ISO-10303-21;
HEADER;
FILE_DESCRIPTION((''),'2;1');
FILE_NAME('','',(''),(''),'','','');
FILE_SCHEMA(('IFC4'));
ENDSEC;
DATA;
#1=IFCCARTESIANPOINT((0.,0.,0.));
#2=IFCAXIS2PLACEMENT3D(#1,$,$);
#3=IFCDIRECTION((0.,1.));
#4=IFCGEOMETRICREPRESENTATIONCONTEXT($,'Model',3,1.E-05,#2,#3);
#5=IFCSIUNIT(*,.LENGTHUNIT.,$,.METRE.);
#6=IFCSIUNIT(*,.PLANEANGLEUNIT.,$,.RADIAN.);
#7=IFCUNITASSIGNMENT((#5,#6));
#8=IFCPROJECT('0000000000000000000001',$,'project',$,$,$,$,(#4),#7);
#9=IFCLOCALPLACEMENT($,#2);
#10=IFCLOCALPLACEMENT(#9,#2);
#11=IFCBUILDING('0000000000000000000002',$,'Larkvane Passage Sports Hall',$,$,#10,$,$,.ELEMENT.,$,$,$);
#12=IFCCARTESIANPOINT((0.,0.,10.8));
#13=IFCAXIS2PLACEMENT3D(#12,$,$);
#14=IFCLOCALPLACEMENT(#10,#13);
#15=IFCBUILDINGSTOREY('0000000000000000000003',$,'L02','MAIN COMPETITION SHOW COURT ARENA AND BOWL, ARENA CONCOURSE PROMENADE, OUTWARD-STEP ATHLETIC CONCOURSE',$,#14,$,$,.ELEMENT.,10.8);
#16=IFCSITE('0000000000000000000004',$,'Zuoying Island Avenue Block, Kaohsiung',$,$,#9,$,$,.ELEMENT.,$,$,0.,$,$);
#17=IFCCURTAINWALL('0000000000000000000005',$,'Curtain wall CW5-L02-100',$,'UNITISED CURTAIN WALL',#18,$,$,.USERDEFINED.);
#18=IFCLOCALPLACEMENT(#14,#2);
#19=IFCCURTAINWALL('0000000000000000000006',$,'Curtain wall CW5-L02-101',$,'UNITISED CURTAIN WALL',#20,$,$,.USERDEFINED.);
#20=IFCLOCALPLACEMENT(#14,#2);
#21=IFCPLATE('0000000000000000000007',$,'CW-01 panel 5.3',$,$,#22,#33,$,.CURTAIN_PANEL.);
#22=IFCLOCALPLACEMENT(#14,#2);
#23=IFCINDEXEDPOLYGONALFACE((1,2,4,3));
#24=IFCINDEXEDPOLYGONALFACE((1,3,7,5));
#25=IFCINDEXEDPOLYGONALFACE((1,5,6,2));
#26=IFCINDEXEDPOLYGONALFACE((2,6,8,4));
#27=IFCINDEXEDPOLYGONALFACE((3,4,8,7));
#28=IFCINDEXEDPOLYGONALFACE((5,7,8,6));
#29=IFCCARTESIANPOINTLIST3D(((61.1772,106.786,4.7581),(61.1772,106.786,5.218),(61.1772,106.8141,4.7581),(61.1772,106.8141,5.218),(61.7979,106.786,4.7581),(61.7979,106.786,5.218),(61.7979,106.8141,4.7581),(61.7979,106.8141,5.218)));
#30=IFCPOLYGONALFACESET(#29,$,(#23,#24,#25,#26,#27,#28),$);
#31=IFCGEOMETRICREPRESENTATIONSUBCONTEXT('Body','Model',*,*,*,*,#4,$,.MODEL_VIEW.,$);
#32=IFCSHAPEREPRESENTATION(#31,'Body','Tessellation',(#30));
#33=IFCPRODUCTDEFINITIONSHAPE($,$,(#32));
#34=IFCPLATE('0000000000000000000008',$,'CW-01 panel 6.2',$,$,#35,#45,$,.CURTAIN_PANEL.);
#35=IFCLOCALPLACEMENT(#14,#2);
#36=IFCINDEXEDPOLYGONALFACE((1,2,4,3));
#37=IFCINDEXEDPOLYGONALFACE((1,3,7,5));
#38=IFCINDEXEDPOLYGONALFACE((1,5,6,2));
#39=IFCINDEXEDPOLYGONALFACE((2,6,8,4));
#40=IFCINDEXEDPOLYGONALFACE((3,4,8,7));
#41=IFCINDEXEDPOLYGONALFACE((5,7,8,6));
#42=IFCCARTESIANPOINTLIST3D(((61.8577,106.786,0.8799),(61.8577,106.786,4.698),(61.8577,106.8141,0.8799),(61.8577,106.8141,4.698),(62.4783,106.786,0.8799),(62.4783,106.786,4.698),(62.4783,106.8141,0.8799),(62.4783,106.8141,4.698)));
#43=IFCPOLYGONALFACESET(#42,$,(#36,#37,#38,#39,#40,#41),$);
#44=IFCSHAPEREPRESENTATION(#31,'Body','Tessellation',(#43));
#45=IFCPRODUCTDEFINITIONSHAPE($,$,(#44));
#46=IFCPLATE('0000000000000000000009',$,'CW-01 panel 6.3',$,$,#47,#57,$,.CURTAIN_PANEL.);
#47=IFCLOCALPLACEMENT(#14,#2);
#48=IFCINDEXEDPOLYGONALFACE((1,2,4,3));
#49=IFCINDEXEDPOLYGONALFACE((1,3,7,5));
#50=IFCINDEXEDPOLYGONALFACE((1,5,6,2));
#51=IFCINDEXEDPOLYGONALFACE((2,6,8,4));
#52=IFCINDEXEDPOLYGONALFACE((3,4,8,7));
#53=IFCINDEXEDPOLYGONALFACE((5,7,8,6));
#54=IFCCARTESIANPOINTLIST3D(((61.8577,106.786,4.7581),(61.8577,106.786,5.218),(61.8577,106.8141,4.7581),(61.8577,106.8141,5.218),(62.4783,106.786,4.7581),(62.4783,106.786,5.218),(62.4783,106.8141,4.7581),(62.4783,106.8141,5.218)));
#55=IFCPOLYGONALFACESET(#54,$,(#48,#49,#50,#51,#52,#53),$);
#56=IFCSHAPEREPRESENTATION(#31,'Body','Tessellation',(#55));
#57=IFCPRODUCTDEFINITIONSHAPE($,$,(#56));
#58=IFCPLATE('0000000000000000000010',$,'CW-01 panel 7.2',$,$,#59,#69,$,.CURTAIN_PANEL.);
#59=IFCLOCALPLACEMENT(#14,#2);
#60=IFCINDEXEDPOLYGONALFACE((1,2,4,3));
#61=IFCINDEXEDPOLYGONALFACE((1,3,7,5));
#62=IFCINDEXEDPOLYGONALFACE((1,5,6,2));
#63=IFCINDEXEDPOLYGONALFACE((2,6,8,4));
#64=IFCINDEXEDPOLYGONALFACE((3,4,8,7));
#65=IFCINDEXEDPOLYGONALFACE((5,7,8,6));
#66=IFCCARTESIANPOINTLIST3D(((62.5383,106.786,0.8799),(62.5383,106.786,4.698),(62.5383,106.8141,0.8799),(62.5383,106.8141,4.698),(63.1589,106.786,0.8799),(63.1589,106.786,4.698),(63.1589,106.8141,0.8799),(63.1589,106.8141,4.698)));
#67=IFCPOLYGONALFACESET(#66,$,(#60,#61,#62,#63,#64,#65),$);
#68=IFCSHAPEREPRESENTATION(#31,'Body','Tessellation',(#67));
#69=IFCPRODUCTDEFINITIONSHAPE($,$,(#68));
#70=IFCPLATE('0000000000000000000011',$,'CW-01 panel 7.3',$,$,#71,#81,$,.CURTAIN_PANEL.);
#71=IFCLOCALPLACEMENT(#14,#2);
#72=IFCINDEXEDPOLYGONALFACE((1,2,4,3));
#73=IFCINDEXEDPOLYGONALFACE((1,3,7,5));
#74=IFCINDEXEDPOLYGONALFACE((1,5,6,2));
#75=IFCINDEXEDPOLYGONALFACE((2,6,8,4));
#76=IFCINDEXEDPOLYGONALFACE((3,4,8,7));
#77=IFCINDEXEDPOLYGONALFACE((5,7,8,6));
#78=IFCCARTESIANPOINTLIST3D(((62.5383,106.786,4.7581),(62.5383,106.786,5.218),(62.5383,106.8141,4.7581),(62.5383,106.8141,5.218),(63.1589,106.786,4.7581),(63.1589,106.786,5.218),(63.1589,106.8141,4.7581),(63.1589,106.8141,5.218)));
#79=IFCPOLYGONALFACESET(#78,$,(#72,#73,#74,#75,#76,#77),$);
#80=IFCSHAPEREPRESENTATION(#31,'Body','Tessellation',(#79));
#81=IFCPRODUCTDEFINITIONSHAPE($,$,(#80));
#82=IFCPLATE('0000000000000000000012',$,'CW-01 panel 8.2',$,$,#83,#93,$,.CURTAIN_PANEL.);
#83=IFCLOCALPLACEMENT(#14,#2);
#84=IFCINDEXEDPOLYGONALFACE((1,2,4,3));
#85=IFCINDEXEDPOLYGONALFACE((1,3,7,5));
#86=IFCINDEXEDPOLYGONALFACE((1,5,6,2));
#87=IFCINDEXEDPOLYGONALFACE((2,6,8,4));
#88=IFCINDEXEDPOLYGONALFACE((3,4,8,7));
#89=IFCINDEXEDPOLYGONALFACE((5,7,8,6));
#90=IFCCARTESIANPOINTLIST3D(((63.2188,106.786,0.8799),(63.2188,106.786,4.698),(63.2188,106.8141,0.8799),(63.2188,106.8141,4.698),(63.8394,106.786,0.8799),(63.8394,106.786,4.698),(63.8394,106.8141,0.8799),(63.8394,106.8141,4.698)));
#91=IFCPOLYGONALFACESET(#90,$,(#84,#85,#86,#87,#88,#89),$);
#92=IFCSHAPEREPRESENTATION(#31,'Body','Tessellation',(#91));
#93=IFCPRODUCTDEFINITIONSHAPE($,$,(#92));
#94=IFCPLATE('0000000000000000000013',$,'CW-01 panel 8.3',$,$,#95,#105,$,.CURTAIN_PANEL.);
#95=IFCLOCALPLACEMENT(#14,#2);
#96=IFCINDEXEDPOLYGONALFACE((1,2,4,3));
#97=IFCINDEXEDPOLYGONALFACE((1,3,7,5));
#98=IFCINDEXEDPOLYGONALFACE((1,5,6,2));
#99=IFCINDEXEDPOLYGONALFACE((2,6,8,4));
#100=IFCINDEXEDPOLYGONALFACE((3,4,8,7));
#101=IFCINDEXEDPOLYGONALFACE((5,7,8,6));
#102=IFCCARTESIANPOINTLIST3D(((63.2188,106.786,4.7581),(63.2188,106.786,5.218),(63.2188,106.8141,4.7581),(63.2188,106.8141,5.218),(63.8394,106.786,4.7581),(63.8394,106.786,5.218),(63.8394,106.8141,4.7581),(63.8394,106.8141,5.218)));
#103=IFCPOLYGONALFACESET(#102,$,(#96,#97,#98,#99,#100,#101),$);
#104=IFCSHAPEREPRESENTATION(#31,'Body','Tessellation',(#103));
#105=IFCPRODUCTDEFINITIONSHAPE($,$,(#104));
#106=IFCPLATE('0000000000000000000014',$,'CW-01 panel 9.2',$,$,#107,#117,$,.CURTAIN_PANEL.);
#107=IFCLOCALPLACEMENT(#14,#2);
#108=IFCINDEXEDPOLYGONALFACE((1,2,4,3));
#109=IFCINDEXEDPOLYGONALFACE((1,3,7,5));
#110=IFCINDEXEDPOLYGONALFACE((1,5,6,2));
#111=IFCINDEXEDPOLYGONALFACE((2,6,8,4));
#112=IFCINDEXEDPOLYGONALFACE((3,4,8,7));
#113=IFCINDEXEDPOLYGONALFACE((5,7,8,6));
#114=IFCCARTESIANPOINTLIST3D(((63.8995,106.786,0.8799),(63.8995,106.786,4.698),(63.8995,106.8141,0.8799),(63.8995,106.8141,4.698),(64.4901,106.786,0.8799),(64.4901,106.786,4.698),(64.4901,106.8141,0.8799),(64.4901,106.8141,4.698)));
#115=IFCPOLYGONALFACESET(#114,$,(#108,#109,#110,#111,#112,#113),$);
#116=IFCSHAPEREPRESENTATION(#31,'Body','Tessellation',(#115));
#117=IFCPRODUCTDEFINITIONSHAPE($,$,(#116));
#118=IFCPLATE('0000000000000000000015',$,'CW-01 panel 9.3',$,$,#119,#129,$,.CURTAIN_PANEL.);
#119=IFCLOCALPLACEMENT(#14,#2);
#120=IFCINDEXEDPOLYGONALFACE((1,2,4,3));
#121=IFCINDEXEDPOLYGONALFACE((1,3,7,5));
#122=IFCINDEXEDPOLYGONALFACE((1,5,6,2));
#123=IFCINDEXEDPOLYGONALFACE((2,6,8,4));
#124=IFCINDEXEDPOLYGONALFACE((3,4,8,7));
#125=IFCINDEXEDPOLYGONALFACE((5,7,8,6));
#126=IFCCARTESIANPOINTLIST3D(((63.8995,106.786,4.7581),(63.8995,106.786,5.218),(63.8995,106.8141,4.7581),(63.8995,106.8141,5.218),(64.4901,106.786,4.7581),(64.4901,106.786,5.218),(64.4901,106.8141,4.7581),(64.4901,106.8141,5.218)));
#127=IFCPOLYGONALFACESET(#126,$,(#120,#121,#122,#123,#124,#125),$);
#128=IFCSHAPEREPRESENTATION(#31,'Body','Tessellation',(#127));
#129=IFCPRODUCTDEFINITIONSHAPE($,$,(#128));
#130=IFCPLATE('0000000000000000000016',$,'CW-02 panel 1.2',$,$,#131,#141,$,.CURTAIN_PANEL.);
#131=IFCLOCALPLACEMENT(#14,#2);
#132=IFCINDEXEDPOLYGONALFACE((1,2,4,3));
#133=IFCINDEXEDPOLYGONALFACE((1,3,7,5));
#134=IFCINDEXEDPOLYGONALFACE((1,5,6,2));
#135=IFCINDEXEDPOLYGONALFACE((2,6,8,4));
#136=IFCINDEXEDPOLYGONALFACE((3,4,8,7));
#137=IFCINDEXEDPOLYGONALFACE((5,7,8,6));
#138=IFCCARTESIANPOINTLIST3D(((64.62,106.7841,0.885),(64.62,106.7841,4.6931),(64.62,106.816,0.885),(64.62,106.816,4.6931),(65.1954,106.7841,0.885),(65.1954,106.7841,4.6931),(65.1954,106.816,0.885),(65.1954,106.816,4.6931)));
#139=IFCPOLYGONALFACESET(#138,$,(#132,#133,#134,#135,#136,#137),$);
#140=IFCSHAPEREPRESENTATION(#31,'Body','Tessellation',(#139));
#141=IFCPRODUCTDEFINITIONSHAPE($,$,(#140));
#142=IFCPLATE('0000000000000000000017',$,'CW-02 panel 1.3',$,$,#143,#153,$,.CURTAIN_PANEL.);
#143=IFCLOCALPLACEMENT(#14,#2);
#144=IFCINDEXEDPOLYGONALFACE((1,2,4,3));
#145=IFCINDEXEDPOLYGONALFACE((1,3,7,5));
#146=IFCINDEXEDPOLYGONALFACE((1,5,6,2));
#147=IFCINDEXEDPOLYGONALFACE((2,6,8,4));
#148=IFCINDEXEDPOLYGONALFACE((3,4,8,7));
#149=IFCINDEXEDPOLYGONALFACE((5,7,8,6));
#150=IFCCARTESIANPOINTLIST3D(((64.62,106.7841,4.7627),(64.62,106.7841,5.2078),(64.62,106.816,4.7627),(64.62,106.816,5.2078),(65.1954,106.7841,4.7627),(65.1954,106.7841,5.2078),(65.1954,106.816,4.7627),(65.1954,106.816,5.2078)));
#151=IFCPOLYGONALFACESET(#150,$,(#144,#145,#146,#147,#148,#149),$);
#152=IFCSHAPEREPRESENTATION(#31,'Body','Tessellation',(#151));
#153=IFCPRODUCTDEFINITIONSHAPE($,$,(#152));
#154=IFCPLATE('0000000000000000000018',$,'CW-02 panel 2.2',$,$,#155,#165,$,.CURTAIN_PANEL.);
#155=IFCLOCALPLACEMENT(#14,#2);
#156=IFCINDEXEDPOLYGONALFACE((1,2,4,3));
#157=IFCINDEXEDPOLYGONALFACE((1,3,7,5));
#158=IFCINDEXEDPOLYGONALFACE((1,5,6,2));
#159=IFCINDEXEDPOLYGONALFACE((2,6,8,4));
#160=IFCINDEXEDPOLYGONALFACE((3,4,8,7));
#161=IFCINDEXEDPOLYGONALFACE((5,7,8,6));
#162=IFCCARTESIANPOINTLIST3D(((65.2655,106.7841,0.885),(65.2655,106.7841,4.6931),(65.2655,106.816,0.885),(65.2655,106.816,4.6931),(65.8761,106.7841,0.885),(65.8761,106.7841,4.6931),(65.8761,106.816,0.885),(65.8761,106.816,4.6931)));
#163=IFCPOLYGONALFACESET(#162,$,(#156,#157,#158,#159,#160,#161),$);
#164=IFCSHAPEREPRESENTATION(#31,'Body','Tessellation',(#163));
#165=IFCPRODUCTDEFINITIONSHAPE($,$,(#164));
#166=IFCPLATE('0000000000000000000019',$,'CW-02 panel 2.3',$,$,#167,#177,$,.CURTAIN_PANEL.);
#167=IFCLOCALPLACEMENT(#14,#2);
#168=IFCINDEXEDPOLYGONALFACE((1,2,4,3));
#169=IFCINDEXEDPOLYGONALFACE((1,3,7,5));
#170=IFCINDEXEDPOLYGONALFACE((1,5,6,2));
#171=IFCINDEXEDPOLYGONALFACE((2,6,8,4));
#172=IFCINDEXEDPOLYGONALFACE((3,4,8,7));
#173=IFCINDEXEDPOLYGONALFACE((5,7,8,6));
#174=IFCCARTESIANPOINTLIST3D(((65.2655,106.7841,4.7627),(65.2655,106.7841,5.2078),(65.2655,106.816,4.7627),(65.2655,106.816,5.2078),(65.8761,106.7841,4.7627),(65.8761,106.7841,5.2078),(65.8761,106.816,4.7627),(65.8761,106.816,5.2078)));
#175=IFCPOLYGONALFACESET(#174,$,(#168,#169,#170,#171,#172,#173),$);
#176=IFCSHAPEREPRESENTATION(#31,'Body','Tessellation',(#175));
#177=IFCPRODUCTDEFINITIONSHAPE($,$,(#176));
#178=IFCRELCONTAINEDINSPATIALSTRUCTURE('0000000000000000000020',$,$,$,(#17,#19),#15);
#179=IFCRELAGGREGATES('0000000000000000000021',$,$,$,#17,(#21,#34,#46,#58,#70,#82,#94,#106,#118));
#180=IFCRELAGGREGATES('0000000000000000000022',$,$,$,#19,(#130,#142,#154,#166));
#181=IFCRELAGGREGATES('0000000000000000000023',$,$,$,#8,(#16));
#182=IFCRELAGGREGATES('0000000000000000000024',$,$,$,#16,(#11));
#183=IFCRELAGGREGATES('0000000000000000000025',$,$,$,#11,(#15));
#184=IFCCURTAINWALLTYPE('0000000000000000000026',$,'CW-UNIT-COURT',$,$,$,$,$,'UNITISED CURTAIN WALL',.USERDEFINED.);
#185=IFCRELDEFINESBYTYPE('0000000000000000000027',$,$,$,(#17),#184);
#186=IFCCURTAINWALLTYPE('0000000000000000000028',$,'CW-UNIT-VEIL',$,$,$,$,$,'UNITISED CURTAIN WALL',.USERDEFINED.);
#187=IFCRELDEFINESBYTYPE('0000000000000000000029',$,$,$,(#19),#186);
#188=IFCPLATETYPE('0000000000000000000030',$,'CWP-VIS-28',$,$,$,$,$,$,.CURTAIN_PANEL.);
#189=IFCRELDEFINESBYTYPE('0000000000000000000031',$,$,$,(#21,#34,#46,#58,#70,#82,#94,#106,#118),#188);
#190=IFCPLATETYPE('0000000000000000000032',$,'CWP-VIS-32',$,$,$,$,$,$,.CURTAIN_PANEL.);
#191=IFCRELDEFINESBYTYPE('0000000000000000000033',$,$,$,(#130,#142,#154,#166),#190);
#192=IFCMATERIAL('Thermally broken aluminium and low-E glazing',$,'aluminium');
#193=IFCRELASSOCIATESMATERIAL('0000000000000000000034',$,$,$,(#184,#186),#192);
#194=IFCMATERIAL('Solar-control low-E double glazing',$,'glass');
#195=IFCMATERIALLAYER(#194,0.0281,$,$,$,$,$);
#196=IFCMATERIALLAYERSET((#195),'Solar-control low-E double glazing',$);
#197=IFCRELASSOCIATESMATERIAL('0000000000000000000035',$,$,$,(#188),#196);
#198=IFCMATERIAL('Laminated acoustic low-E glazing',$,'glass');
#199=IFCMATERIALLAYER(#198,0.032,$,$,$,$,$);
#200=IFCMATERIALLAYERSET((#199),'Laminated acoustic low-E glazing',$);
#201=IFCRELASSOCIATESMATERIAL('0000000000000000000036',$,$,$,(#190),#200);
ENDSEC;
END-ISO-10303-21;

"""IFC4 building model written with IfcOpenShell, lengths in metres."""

from ifc_helpers import new_model, si_unit, direction, frame, origin, origin_2d, place, context, subcontext, project, spatial, rectangle, extrude, material, layer, layer_set, type_object, element, aggregate, save


model = new_model("IFC4")

# Units and contexts
model_context = context("Model", 3, precision=1e-05, world=origin(), true_north=direction((0.0, 1.0)))
body_context = subcontext(model_context, "Body", "Model", "MODEL_VIEW")
ifc_project = project(units=[si_unit("LENGTHUNIT", "METRE"), si_unit("PLANEANGLEUNIT", "RADIAN")], contexts=[model_context])

# Site, building, storey
site_placement = place(None, origin())
site = spatial("IfcSite", under=ifc_project, at=site_placement, Name="Zuoying Island Avenue Block, Kaohsiung", CompositionType="ELEMENT", RefElevation=0.0)
building_placement = place(site_placement, origin())
building = spatial("IfcBuilding", under=site, at=building_placement, Name="Larkvane Passage Sports Hall", CompositionType="ELEMENT")
storey_placement = place(building_placement, frame((0.0, 0.0, 10.8)))
storey = spatial("IfcBuildingStorey", under=building, at=storey_placement, Name="L02", Description="MAIN COMPETITION SHOW COURT ARENA AND BOWL, ARENA CONCOURSE PROMENADE, OUTWARD-STEP ATHLETIC CONCOURSE", CompositionType="ELEMENT", Elevation=10.8)

# Curtain walls
ifc_material_1 = material(Name="Thermally broken aluminium and low-E glazing", Category="aluminium")
curtain_wall_type_1 = type_object("IfcCurtainWallType", Name="CW-UNIT-COURT", ElementType="UNITISED CURTAIN WALL", PredefinedType="USERDEFINED", material=ifc_material_1)
curtain_wall_1_placement = place(storey_placement, origin())
curtain_wall_1 = element("IfcCurtainWall", 1, at=curtain_wall_1_placement, inside=storey, type_object=curtain_wall_type_1, Name="Curtain wall CW5-L02-100", ObjectType="UNITISED CURTAIN WALL", PredefinedType="USERDEFINED")
curtain_wall_type_2 = type_object("IfcCurtainWallType", Name="CW-UNIT-VEIL", ElementType="UNITISED CURTAIN WALL", PredefinedType="USERDEFINED", material=ifc_material_1)
curtain_wall_2_placement = place(storey_placement, origin())
curtain_wall_2 = element("IfcCurtainWall", 2, at=curtain_wall_2_placement, inside=storey, type_object=curtain_wall_type_2, Name="Curtain wall CW5-L02-101", ObjectType="UNITISED CURTAIN WALL", PredefinedType="USERDEFINED")

# Plates
ifc_material_2 = material(Name="Solar-control low-E double glazing", Category="glass")
ifc_layer_1 = layer(ifc_material_2, 0.0281)
ifc_layer_set_1 = layer_set([ifc_layer_1], Name="Solar-control low-E double glazing")
plate_type_1 = type_object("IfcPlateType", Name="CWP-VIS-28", PredefinedType="CURTAIN_PANEL", material=ifc_layer_set_1)
plate_1_placement = place(storey_placement, frame((61.4875, 106.8, 4.7581), z_axis=(0.0, 0.0, 1.0), x_axis=(1.0, 0.0, 0.0)))
plate_1 = element("IfcPlate", 3, at=plate_1_placement, type_object=plate_type_1, Name="CW-01 panel 5.3", PredefinedType="CURTAIN_PANEL", context=body_context, shape_type="SweptSolid", body=[
    extrude(rectangle(XDim=0.6206, YDim=0.0281, at=origin_2d()), origin(), (0.0, 0.0, 1.0), 0.46),
])
plate_2_placement = place(storey_placement, frame((62.168, 106.8, 0.8799), z_axis=(0.0, 0.0, 1.0), x_axis=(1.0, 0.0, 0.0)))
plate_2 = element("IfcPlate", 4, at=plate_2_placement, type_object=plate_type_1, Name="CW-01 panel 6.2", PredefinedType="CURTAIN_PANEL", context=body_context, shape_type="SweptSolid", body=[
    extrude(rectangle(XDim=0.6206, YDim=0.0281, at=origin_2d()), origin(), (0.0, 0.0, 1.0), 3.8181),
])
plate_3_placement = place(storey_placement, frame((62.168, 106.8, 4.7581), z_axis=(0.0, 0.0, 1.0), x_axis=(1.0, 0.0, 0.0)))
plate_3 = element("IfcPlate", 5, at=plate_3_placement, type_object=plate_type_1, Name="CW-01 panel 6.3", PredefinedType="CURTAIN_PANEL", context=body_context, shape_type="SweptSolid", body=[
    extrude(rectangle(XDim=0.6206, YDim=0.0281, at=origin_2d()), origin(), (0.0, 0.0, 1.0), 0.46),
])
plate_4_placement = place(storey_placement, frame((62.8486, 106.8, 0.8799), z_axis=(0.0, 0.0, 1.0), x_axis=(1.0, 0.0, 0.0)))
plate_4 = element("IfcPlate", 6, at=plate_4_placement, type_object=plate_type_1, Name="CW-01 panel 7.2", PredefinedType="CURTAIN_PANEL", context=body_context, shape_type="SweptSolid", body=[
    extrude(rectangle(XDim=0.6206, YDim=0.0281, at=origin_2d()), origin(), (0.0, 0.0, 1.0), 3.8181),
])
plate_5_placement = place(storey_placement, frame((62.8486, 106.8, 4.7581), z_axis=(0.0, 0.0, 1.0), x_axis=(1.0, 0.0, 0.0)))
plate_5 = element("IfcPlate", 7, at=plate_5_placement, type_object=plate_type_1, Name="CW-01 panel 7.3", PredefinedType="CURTAIN_PANEL", context=body_context, shape_type="SweptSolid", body=[
    extrude(rectangle(XDim=0.6206, YDim=0.0281, at=origin_2d()), origin(), (0.0, 0.0, 1.0), 0.46),
])
plate_6_placement = place(storey_placement, frame((63.5291, 106.8, 0.8799), z_axis=(0.0, 0.0, 1.0), x_axis=(1.0, 0.0, 0.0)))
plate_6 = element("IfcPlate", 8, at=plate_6_placement, type_object=plate_type_1, Name="CW-01 panel 8.2", PredefinedType="CURTAIN_PANEL", context=body_context, shape_type="SweptSolid", body=[
    extrude(rectangle(XDim=0.6206, YDim=0.0281, at=origin_2d()), origin(), (0.0, 0.0, 1.0), 3.8181),
])
plate_7_placement = place(storey_placement, frame((63.5291, 106.8, 4.7581), z_axis=(0.0, 0.0, 1.0), x_axis=(1.0, 0.0, 0.0)))
plate_7 = element("IfcPlate", 9, at=plate_7_placement, type_object=plate_type_1, Name="CW-01 panel 8.3", PredefinedType="CURTAIN_PANEL", context=body_context, shape_type="SweptSolid", body=[
    extrude(rectangle(XDim=0.6206, YDim=0.0281, at=origin_2d()), origin(), (0.0, 0.0, 1.0), 0.46),
])
plate_8_placement = place(storey_placement, frame((64.1948, 106.8, 0.8799), z_axis=(0.0, 0.0, 1.0), x_axis=(1.0, 0.0, 0.0)))
plate_8 = element("IfcPlate", 10, at=plate_8_placement, type_object=plate_type_1, Name="CW-01 panel 9.2", PredefinedType="CURTAIN_PANEL", context=body_context, shape_type="SweptSolid", body=[
    extrude(rectangle(XDim=0.5906, YDim=0.0281, at=origin_2d()), origin(), (0.0, 0.0, 1.0), 3.8181),
])
plate_9_placement = place(storey_placement, frame((64.1948, 106.8, 4.7581), z_axis=(0.0, 0.0, 1.0), x_axis=(1.0, 0.0, 0.0)))
plate_9 = element("IfcPlate", 11, at=plate_9_placement, type_object=plate_type_1, Name="CW-01 panel 9.3", PredefinedType="CURTAIN_PANEL", context=body_context, shape_type="SweptSolid", body=[
    extrude(rectangle(XDim=0.5906, YDim=0.0281, at=origin_2d()), origin(), (0.0, 0.0, 1.0), 0.46),
])
aggregate(curtain_wall_1, [plate_1, plate_2, plate_3, plate_4, plate_5, plate_6, plate_7, plate_8, plate_9])
ifc_material_3 = material(Name="Laminated acoustic low-E glazing", Category="glass")
ifc_layer_2 = layer(ifc_material_3, 0.032)
ifc_layer_set_2 = layer_set([ifc_layer_2], Name="Laminated acoustic low-E glazing")
plate_type_2 = type_object("IfcPlateType", Name="CWP-VIS-32", PredefinedType="CURTAIN_PANEL", material=ifc_layer_set_2)
plate_10_placement = place(storey_placement, frame((64.9077, 106.8, 0.885), z_axis=(0.0, 0.0, 1.0), x_axis=(1.0, 0.0, 0.0)))
plate_10 = element("IfcPlate", 12, at=plate_10_placement, type_object=plate_type_2, Name="CW-02 panel 1.2", PredefinedType="CURTAIN_PANEL", context=body_context, shape_type="SweptSolid", body=[
    extrude(rectangle(XDim=0.5754, YDim=0.032, at=origin_2d()), origin(), (0.0, 0.0, 1.0), 3.8081),
])
plate_11_placement = place(storey_placement, frame((64.9077, 106.8, 4.7627), z_axis=(0.0, 0.0, 1.0), x_axis=(1.0, 0.0, 0.0)))
plate_11 = element("IfcPlate", 13, at=plate_11_placement, type_object=plate_type_2, Name="CW-02 panel 1.3", PredefinedType="CURTAIN_PANEL", context=body_context, shape_type="SweptSolid", body=[
    extrude(rectangle(XDim=0.5754, YDim=0.032, at=origin_2d()), origin(), (0.0, 0.0, 1.0), 0.4451),
])
plate_12_placement = place(storey_placement, frame((65.5708, 106.8, 0.885), z_axis=(0.0, 0.0, 1.0), x_axis=(1.0, 0.0, 0.0)))
plate_12 = element("IfcPlate", 14, at=plate_12_placement, type_object=plate_type_2, Name="CW-02 panel 2.2", PredefinedType="CURTAIN_PANEL", context=body_context, shape_type="SweptSolid", body=[
    extrude(rectangle(XDim=0.6106, YDim=0.032, at=origin_2d()), origin(), (0.0, 0.0, 1.0), 3.8081),
])
plate_13_placement = place(storey_placement, frame((65.5708, 106.8, 4.7627), z_axis=(0.0, 0.0, 1.0), x_axis=(1.0, 0.0, 0.0)))
plate_13 = element("IfcPlate", 15, at=plate_13_placement, type_object=plate_type_2, Name="CW-02 panel 2.3", PredefinedType="CURTAIN_PANEL", context=body_context, shape_type="SweptSolid", body=[
    extrude(rectangle(XDim=0.6106, YDim=0.032, at=origin_2d()), origin(), (0.0, 0.0, 1.0), 0.4451),
])
aggregate(curtain_wall_2, [plate_10, plate_11, plate_12, plate_13])

save(model, "model.ifc")
